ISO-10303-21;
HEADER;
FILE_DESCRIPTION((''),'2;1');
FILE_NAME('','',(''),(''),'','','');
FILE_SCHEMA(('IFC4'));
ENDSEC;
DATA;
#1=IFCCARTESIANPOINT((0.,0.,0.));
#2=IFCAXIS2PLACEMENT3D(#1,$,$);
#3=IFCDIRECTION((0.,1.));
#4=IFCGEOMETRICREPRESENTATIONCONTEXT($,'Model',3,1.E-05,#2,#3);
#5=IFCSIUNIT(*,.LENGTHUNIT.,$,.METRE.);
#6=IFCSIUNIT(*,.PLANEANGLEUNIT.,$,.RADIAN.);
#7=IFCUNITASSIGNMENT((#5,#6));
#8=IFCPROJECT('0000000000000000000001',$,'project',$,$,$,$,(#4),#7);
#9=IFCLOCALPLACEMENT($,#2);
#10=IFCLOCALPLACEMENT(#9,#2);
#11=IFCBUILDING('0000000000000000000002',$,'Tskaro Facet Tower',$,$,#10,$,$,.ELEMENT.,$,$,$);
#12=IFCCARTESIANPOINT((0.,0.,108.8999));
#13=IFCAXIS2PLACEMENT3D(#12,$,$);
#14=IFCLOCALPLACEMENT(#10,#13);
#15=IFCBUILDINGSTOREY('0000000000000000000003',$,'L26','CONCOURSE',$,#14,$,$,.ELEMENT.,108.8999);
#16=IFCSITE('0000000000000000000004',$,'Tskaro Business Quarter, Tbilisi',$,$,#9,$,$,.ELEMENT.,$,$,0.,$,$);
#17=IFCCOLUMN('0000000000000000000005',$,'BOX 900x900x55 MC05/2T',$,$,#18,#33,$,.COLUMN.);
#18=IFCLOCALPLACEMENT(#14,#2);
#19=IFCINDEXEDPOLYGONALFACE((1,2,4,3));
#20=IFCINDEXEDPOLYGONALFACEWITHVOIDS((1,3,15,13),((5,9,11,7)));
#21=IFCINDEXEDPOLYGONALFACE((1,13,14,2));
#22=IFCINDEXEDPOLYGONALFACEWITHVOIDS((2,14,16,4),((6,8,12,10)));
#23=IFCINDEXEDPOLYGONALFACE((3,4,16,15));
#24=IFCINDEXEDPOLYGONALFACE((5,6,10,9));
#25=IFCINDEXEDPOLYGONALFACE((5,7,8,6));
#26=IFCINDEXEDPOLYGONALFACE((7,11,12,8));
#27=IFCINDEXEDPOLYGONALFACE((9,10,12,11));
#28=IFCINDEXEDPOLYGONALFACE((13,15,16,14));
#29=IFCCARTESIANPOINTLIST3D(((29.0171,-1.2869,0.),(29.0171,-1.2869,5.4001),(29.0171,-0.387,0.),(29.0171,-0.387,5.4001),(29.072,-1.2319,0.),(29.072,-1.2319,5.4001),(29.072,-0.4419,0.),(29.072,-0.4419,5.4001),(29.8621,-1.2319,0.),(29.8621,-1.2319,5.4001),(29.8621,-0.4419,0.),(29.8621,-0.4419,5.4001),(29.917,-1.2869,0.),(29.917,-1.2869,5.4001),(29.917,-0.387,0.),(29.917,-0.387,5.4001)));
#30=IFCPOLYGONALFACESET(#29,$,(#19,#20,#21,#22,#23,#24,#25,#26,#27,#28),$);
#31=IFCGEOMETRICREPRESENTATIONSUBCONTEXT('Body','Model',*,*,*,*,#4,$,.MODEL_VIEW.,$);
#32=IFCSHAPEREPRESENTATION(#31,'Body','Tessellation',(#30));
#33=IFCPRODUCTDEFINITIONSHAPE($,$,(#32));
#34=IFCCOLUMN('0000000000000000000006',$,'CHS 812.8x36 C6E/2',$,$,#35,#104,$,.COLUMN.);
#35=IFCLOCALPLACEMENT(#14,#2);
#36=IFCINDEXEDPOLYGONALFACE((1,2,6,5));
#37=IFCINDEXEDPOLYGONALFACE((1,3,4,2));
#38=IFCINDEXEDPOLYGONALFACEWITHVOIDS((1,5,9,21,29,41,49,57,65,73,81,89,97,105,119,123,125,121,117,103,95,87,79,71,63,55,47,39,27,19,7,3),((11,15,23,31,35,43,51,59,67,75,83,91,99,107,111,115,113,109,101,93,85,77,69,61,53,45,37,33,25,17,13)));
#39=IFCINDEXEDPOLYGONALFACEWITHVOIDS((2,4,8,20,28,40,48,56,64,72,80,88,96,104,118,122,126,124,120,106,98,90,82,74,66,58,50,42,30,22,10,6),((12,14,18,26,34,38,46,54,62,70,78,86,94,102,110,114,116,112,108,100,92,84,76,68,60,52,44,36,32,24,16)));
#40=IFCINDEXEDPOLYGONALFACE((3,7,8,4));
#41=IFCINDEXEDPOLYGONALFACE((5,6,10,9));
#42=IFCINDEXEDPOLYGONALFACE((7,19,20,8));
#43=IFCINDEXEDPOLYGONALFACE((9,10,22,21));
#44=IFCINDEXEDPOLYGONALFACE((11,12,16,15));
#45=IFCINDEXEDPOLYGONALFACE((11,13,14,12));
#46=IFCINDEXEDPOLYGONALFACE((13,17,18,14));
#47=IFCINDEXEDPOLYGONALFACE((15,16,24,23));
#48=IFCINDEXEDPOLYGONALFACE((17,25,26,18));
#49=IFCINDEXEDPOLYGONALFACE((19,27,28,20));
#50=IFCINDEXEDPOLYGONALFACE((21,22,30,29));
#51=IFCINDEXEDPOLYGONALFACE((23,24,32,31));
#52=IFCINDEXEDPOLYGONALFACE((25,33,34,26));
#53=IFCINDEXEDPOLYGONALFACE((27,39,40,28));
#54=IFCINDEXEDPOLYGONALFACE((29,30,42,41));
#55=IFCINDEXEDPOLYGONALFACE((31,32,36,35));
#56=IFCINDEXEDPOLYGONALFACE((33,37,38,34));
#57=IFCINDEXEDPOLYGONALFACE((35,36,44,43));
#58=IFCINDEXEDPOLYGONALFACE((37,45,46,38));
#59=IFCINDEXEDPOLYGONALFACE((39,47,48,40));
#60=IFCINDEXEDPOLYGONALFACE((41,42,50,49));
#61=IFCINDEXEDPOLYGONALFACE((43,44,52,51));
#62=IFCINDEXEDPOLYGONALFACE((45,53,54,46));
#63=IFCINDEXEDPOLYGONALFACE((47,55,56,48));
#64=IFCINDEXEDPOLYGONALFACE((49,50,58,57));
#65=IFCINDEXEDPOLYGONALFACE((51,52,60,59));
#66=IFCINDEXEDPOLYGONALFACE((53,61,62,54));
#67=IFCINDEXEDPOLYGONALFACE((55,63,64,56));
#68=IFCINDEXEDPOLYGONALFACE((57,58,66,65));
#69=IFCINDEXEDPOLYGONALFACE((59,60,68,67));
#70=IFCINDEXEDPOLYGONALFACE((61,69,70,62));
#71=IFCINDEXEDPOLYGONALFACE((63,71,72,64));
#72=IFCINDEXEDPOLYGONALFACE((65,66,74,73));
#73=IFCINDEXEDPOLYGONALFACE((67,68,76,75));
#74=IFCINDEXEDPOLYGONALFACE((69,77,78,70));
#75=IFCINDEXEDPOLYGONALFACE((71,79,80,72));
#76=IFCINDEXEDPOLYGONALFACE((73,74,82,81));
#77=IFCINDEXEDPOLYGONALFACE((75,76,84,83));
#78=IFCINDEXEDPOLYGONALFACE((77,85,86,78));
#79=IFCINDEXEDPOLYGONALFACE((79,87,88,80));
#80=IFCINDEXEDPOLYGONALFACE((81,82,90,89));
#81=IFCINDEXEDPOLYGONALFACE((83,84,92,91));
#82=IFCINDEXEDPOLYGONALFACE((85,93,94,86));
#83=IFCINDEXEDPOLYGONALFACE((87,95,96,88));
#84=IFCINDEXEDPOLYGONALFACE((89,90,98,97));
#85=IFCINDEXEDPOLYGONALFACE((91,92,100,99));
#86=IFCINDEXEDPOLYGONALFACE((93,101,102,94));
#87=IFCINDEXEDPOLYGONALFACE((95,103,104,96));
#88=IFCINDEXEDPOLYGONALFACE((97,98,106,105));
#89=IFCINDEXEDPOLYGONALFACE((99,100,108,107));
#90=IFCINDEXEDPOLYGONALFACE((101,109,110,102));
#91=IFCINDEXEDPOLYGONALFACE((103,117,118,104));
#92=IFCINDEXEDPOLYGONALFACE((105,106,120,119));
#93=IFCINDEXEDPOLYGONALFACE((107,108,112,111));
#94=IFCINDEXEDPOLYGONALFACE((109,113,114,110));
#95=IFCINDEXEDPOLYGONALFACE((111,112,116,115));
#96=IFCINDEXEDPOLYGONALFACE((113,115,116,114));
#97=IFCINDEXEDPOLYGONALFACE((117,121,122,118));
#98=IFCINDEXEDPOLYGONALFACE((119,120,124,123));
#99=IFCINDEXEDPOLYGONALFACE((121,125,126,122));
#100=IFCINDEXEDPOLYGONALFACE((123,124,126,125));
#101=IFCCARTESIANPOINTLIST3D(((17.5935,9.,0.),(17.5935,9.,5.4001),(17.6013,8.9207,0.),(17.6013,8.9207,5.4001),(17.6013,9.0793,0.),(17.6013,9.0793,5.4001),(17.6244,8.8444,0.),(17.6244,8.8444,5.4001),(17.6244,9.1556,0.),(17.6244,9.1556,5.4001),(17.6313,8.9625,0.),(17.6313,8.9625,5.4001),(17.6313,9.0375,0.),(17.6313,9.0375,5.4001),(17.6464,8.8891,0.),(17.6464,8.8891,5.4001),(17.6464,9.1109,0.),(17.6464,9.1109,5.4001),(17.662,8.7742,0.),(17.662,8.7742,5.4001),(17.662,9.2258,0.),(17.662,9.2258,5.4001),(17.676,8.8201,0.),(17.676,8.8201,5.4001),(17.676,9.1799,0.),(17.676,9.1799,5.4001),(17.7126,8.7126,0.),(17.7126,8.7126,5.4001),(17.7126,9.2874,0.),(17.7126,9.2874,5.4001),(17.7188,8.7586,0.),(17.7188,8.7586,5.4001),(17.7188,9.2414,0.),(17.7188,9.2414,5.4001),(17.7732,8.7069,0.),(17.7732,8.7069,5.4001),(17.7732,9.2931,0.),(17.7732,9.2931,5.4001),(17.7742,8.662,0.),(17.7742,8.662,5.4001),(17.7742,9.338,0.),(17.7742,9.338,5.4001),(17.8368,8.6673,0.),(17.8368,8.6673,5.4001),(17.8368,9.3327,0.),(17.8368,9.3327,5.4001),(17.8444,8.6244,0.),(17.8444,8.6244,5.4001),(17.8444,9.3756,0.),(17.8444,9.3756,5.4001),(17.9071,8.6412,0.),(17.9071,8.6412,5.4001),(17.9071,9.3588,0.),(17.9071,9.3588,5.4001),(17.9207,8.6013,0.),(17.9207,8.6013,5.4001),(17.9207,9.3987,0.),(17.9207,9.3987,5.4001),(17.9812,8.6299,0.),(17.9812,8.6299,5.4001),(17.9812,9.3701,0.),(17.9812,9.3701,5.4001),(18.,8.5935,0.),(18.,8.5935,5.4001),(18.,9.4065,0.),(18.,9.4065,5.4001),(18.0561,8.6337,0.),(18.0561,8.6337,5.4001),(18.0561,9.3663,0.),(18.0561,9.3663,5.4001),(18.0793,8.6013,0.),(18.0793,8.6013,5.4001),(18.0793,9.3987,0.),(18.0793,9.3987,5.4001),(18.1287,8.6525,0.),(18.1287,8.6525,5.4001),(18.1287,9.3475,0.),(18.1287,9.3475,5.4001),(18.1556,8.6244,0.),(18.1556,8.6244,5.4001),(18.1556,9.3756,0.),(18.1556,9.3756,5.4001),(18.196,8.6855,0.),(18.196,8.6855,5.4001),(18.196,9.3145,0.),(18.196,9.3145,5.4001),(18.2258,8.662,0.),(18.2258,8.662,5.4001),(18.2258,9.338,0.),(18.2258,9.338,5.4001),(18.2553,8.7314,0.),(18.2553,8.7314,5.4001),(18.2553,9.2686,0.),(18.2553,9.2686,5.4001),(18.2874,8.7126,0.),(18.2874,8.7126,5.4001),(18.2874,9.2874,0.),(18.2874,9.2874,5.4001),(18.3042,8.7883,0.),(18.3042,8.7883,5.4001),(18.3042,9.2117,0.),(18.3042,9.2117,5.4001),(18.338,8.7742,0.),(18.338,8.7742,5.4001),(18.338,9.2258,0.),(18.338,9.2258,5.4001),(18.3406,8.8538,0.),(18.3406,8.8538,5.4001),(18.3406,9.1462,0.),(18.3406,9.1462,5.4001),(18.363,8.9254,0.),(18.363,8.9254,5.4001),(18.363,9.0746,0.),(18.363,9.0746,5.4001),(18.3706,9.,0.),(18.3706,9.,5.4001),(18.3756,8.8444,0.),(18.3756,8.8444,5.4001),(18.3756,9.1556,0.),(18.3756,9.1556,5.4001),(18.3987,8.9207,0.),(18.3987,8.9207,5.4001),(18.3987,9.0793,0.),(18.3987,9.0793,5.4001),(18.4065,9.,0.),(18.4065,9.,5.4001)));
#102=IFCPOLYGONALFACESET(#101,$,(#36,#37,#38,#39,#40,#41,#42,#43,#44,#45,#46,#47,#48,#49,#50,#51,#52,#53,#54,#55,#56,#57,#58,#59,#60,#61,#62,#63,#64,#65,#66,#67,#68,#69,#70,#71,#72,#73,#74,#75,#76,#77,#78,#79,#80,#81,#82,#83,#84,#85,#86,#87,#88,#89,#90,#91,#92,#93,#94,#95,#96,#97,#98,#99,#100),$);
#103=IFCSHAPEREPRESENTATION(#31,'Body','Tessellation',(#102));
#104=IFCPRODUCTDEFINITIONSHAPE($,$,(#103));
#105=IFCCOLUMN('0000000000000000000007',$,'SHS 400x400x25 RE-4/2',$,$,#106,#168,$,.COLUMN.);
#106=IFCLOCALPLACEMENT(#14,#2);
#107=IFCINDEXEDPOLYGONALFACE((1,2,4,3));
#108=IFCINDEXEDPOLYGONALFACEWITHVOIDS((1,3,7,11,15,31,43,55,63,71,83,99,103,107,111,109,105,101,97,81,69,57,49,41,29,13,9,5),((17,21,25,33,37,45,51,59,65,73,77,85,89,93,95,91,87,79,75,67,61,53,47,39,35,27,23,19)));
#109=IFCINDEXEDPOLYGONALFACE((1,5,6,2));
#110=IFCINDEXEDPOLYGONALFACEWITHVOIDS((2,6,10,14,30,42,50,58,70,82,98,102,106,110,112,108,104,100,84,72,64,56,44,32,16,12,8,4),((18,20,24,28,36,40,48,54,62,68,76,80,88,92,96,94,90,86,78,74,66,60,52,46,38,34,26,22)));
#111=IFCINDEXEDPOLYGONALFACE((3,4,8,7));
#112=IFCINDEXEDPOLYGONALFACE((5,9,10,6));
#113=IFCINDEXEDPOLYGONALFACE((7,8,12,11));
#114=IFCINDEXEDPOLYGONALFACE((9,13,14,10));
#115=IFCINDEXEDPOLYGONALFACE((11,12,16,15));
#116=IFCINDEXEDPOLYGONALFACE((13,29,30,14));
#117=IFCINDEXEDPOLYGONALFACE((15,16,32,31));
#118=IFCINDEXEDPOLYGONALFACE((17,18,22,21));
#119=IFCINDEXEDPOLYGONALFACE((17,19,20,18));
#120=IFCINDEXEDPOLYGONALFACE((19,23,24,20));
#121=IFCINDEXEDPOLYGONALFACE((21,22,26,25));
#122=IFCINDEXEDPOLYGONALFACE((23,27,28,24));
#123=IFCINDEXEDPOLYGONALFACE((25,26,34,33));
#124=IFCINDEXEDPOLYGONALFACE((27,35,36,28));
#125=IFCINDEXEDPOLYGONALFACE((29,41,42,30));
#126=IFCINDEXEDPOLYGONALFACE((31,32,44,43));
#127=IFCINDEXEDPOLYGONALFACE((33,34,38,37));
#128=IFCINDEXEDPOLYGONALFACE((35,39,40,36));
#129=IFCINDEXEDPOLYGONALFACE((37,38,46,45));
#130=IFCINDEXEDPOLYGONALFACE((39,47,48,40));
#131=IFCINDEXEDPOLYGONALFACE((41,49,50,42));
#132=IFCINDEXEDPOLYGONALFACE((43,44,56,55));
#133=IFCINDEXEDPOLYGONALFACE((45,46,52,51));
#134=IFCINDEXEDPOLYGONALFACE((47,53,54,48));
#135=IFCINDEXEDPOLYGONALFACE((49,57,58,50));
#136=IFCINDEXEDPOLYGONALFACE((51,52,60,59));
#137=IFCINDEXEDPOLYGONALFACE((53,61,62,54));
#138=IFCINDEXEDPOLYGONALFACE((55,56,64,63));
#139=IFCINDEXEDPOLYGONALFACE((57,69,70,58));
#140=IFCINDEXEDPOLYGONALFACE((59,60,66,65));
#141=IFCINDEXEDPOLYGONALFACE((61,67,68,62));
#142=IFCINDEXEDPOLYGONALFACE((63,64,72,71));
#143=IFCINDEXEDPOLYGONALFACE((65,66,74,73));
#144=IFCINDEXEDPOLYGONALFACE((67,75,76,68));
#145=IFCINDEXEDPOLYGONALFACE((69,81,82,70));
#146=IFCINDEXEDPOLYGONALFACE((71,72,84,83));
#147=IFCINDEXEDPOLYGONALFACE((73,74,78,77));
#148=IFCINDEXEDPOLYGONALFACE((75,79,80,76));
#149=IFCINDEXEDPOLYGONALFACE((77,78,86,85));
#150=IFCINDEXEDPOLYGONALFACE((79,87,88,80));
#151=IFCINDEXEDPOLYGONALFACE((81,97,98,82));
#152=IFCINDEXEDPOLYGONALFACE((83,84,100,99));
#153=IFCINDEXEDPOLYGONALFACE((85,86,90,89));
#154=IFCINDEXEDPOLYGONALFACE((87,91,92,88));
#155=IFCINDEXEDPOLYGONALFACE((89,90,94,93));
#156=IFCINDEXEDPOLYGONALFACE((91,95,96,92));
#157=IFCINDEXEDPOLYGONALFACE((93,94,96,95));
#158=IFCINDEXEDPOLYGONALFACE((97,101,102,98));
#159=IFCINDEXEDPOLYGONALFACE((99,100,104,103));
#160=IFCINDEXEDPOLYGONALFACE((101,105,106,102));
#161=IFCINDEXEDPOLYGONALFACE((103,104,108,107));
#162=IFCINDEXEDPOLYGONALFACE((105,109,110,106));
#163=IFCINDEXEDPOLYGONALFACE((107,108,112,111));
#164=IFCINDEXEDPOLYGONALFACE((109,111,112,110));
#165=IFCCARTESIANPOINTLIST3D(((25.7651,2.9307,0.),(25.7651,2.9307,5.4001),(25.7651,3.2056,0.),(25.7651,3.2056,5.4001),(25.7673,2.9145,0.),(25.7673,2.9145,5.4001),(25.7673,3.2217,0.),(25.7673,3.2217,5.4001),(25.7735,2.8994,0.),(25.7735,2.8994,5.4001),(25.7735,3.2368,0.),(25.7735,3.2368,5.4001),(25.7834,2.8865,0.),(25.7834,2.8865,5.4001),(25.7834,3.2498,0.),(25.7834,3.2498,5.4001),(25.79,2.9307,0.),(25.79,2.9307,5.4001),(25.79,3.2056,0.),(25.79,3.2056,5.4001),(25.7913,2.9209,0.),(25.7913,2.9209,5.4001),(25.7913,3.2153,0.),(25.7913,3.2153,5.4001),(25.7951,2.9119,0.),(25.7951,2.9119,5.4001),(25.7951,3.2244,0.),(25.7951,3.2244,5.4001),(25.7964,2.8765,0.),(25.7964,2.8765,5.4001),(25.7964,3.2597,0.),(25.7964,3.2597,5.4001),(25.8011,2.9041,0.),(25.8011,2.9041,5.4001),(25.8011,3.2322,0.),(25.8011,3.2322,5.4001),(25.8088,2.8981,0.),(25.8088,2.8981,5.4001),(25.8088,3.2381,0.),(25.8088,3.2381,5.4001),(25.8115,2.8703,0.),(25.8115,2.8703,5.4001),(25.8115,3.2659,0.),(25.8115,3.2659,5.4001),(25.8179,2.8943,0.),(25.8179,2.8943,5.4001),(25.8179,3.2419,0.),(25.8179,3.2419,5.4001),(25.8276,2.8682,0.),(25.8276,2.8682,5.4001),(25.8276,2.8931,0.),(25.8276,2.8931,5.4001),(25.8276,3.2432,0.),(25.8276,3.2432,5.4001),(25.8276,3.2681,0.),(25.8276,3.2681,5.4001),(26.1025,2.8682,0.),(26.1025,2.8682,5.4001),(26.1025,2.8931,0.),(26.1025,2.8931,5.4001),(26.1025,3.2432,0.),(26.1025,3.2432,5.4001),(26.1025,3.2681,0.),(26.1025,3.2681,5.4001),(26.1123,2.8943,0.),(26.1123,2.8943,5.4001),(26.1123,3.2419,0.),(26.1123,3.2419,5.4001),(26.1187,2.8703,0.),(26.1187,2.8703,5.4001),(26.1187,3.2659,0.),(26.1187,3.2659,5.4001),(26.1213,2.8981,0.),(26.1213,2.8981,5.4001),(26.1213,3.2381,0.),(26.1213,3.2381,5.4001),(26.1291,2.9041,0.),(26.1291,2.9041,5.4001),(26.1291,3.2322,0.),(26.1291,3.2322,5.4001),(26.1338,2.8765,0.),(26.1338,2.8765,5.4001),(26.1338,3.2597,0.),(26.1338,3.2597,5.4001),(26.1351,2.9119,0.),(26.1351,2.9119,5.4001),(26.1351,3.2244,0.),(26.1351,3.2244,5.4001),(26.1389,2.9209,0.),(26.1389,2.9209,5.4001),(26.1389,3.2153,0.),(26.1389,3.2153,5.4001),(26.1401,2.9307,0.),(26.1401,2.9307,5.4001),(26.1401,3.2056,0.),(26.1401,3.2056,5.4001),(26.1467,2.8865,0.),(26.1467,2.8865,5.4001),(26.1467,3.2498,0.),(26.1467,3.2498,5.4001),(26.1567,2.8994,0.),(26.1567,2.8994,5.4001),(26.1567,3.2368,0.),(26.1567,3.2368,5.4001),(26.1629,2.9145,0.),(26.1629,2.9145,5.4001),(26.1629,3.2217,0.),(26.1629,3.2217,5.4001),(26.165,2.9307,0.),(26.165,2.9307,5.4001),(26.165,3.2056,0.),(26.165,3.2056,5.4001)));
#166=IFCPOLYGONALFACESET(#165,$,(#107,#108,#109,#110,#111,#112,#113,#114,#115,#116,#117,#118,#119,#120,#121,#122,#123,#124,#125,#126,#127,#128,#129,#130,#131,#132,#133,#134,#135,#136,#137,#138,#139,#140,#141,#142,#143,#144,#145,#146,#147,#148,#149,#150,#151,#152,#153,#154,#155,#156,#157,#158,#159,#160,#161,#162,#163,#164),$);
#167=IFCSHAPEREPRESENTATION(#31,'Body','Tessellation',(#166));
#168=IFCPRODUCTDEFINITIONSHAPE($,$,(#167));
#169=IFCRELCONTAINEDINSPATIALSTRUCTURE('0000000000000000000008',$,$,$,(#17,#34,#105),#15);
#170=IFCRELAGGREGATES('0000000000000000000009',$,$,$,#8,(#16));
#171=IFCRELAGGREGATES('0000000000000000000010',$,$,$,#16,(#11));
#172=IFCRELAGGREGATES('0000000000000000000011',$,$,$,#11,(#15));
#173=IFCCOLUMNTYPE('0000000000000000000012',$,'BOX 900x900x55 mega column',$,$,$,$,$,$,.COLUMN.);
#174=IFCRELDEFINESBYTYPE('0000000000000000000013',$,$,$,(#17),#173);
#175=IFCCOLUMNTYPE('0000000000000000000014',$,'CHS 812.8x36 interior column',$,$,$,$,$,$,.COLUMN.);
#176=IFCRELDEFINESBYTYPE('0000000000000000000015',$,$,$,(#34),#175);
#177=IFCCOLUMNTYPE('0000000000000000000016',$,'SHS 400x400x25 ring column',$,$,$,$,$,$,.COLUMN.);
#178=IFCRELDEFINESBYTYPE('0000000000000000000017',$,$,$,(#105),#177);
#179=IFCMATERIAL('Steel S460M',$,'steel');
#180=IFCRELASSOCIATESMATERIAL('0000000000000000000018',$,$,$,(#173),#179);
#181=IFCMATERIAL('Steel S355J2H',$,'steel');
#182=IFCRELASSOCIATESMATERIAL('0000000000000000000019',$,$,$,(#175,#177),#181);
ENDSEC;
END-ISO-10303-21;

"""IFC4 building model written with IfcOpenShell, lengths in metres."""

from ifc_helpers import new_model, si_unit, direction, frame, origin, origin_2d, place, context, subcontext, project, spatial, hollow_rectangle, hollow_circle, extrude, material, material_profile, profile_set, type_object, element, save


model = new_model("IFC4")

# Units and contexts
model_context = context("Model", 3, precision=1e-05, world=origin(), true_north=direction((0.0, 1.0)))
body_context = subcontext(model_context, "Body", "Model", "MODEL_VIEW")
ifc_project = project(units=[si_unit("LENGTHUNIT", "METRE"), si_unit("PLANEANGLEUNIT", "RADIAN")], contexts=[model_context])

# Site, building, storey
site_placement = place(None, origin())
site = spatial("IfcSite", under=ifc_project, at=site_placement, Name="Tskaro Business Quarter, Tbilisi", CompositionType="ELEMENT", RefElevation=0.0)
building_placement = place(site_placement, origin())
building = spatial("IfcBuilding", under=site, at=building_placement, Name="Tskaro Facet Tower", CompositionType="ELEMENT")
storey_placement = place(building_placement, frame((0.0, 0.0, 108.8999)))
storey = spatial("IfcBuildingStorey", under=building, at=storey_placement, Name="L26", Description="CONCOURSE", CompositionType="ELEMENT", Elevation=108.8999)

# Columns
ifc_material_1 = material(Name="Steel S460M", Category="steel")
ifc_material_profile_1 = material_profile(ifc_material_1, hollow_rectangle(XDim=0.8999, YDim=0.8999, WallThickness=0.0549, at=origin_2d()), Name="BOX 900x900x55")
ifc_profile_set_1 = profile_set([ifc_material_profile_1], Name="Steel S460M")
column_type_1 = type_object("IfcColumnType", Name="BOX 900x900x55 mega column", PredefinedType="COLUMN", material=ifc_profile_set_1)
column_1_placement = place(storey_placement, frame((29.467, -0.8369, 0.0), z_axis=(0.0, 0.0, 1.0), x_axis=(1.0, 0.0, 0.0)))
element("IfcColumn", 1, at=column_1_placement, inside=storey, type_object=column_type_1, Name="BOX 900x900x55 MC05/2T", PredefinedType="COLUMN", context=body_context, shape_type="SweptSolid", body=[
    extrude(hollow_rectangle(XDim=0.8999, YDim=0.8999, WallThickness=0.0549, at=origin_2d()), origin(), (0.0, 0.0, 1.0), 5.4001),
])
ifc_material_2 = material(Name="Steel S355J2H", Category="steel")
ifc_material_profile_2 = material_profile(ifc_material_2, hollow_circle(Radius=0.4065, WallThickness=0.0359, at=origin_2d()), Name="CHS 812.8x36")
ifc_profile_set_2 = profile_set([ifc_material_profile_2], Name="Steel S355J2H")
column_type_2 = type_object("IfcColumnType", Name="CHS 812.8x36 interior column", PredefinedType="COLUMN", material=ifc_profile_set_2)
column_2_placement = place(storey_placement, frame((18.0, 9.0, 0.0), z_axis=(0.0, 0.0, 1.0), x_axis=(1.0, 0.0, 0.0)))
element("IfcColumn", 2, at=column_2_placement, inside=storey, type_object=column_type_2, Name="CHS 812.8x36 C6E/2", PredefinedType="COLUMN", context=body_context, shape_type="SweptSolid", body=[
    extrude(hollow_circle(Radius=0.4065, WallThickness=0.0359, at=origin_2d()), origin(), (0.0, 0.0, 1.0), 5.4001),
])
ifc_material_profile_3 = material_profile(ifc_material_2, hollow_rectangle(XDim=0.3999, YDim=0.3999, WallThickness=0.0249, InnerFilletRadius=0.0376, OuterFilletRadius=0.0625, at=origin_2d()), Name="SHS 400x400x25")
ifc_profile_set_3 = profile_set([ifc_material_profile_3], Name="Steel S355J2H")
column_type_3 = type_object("IfcColumnType", Name="SHS 400x400x25 ring column", PredefinedType="COLUMN", material=ifc_profile_set_3)
for number, where, z_axis, x_axis, name in (
    (3, (25.9651, 3.0681, 0.0), (0.0, 0.0, 1.0), (1.0, 0.0, 0.0), "SHS 400x400x25 RE-4/2"),
):
    element("IfcColumn", number, at=place(storey_placement, frame(where, z_axis=z_axis, x_axis=x_axis)), inside=storey, type_object=column_type_3, Name=name, PredefinedType="COLUMN", context=body_context, shape_type="SweptSolid", body=[
        extrude(hollow_rectangle(XDim=0.3999, YDim=0.3999, WallThickness=0.0249, InnerFilletRadius=0.0376, OuterFilletRadius=0.0625, at=origin_2d()), origin(), (0.0, 0.0, 1.0), 5.4001),
    ])

save(model, "model.ifc")
